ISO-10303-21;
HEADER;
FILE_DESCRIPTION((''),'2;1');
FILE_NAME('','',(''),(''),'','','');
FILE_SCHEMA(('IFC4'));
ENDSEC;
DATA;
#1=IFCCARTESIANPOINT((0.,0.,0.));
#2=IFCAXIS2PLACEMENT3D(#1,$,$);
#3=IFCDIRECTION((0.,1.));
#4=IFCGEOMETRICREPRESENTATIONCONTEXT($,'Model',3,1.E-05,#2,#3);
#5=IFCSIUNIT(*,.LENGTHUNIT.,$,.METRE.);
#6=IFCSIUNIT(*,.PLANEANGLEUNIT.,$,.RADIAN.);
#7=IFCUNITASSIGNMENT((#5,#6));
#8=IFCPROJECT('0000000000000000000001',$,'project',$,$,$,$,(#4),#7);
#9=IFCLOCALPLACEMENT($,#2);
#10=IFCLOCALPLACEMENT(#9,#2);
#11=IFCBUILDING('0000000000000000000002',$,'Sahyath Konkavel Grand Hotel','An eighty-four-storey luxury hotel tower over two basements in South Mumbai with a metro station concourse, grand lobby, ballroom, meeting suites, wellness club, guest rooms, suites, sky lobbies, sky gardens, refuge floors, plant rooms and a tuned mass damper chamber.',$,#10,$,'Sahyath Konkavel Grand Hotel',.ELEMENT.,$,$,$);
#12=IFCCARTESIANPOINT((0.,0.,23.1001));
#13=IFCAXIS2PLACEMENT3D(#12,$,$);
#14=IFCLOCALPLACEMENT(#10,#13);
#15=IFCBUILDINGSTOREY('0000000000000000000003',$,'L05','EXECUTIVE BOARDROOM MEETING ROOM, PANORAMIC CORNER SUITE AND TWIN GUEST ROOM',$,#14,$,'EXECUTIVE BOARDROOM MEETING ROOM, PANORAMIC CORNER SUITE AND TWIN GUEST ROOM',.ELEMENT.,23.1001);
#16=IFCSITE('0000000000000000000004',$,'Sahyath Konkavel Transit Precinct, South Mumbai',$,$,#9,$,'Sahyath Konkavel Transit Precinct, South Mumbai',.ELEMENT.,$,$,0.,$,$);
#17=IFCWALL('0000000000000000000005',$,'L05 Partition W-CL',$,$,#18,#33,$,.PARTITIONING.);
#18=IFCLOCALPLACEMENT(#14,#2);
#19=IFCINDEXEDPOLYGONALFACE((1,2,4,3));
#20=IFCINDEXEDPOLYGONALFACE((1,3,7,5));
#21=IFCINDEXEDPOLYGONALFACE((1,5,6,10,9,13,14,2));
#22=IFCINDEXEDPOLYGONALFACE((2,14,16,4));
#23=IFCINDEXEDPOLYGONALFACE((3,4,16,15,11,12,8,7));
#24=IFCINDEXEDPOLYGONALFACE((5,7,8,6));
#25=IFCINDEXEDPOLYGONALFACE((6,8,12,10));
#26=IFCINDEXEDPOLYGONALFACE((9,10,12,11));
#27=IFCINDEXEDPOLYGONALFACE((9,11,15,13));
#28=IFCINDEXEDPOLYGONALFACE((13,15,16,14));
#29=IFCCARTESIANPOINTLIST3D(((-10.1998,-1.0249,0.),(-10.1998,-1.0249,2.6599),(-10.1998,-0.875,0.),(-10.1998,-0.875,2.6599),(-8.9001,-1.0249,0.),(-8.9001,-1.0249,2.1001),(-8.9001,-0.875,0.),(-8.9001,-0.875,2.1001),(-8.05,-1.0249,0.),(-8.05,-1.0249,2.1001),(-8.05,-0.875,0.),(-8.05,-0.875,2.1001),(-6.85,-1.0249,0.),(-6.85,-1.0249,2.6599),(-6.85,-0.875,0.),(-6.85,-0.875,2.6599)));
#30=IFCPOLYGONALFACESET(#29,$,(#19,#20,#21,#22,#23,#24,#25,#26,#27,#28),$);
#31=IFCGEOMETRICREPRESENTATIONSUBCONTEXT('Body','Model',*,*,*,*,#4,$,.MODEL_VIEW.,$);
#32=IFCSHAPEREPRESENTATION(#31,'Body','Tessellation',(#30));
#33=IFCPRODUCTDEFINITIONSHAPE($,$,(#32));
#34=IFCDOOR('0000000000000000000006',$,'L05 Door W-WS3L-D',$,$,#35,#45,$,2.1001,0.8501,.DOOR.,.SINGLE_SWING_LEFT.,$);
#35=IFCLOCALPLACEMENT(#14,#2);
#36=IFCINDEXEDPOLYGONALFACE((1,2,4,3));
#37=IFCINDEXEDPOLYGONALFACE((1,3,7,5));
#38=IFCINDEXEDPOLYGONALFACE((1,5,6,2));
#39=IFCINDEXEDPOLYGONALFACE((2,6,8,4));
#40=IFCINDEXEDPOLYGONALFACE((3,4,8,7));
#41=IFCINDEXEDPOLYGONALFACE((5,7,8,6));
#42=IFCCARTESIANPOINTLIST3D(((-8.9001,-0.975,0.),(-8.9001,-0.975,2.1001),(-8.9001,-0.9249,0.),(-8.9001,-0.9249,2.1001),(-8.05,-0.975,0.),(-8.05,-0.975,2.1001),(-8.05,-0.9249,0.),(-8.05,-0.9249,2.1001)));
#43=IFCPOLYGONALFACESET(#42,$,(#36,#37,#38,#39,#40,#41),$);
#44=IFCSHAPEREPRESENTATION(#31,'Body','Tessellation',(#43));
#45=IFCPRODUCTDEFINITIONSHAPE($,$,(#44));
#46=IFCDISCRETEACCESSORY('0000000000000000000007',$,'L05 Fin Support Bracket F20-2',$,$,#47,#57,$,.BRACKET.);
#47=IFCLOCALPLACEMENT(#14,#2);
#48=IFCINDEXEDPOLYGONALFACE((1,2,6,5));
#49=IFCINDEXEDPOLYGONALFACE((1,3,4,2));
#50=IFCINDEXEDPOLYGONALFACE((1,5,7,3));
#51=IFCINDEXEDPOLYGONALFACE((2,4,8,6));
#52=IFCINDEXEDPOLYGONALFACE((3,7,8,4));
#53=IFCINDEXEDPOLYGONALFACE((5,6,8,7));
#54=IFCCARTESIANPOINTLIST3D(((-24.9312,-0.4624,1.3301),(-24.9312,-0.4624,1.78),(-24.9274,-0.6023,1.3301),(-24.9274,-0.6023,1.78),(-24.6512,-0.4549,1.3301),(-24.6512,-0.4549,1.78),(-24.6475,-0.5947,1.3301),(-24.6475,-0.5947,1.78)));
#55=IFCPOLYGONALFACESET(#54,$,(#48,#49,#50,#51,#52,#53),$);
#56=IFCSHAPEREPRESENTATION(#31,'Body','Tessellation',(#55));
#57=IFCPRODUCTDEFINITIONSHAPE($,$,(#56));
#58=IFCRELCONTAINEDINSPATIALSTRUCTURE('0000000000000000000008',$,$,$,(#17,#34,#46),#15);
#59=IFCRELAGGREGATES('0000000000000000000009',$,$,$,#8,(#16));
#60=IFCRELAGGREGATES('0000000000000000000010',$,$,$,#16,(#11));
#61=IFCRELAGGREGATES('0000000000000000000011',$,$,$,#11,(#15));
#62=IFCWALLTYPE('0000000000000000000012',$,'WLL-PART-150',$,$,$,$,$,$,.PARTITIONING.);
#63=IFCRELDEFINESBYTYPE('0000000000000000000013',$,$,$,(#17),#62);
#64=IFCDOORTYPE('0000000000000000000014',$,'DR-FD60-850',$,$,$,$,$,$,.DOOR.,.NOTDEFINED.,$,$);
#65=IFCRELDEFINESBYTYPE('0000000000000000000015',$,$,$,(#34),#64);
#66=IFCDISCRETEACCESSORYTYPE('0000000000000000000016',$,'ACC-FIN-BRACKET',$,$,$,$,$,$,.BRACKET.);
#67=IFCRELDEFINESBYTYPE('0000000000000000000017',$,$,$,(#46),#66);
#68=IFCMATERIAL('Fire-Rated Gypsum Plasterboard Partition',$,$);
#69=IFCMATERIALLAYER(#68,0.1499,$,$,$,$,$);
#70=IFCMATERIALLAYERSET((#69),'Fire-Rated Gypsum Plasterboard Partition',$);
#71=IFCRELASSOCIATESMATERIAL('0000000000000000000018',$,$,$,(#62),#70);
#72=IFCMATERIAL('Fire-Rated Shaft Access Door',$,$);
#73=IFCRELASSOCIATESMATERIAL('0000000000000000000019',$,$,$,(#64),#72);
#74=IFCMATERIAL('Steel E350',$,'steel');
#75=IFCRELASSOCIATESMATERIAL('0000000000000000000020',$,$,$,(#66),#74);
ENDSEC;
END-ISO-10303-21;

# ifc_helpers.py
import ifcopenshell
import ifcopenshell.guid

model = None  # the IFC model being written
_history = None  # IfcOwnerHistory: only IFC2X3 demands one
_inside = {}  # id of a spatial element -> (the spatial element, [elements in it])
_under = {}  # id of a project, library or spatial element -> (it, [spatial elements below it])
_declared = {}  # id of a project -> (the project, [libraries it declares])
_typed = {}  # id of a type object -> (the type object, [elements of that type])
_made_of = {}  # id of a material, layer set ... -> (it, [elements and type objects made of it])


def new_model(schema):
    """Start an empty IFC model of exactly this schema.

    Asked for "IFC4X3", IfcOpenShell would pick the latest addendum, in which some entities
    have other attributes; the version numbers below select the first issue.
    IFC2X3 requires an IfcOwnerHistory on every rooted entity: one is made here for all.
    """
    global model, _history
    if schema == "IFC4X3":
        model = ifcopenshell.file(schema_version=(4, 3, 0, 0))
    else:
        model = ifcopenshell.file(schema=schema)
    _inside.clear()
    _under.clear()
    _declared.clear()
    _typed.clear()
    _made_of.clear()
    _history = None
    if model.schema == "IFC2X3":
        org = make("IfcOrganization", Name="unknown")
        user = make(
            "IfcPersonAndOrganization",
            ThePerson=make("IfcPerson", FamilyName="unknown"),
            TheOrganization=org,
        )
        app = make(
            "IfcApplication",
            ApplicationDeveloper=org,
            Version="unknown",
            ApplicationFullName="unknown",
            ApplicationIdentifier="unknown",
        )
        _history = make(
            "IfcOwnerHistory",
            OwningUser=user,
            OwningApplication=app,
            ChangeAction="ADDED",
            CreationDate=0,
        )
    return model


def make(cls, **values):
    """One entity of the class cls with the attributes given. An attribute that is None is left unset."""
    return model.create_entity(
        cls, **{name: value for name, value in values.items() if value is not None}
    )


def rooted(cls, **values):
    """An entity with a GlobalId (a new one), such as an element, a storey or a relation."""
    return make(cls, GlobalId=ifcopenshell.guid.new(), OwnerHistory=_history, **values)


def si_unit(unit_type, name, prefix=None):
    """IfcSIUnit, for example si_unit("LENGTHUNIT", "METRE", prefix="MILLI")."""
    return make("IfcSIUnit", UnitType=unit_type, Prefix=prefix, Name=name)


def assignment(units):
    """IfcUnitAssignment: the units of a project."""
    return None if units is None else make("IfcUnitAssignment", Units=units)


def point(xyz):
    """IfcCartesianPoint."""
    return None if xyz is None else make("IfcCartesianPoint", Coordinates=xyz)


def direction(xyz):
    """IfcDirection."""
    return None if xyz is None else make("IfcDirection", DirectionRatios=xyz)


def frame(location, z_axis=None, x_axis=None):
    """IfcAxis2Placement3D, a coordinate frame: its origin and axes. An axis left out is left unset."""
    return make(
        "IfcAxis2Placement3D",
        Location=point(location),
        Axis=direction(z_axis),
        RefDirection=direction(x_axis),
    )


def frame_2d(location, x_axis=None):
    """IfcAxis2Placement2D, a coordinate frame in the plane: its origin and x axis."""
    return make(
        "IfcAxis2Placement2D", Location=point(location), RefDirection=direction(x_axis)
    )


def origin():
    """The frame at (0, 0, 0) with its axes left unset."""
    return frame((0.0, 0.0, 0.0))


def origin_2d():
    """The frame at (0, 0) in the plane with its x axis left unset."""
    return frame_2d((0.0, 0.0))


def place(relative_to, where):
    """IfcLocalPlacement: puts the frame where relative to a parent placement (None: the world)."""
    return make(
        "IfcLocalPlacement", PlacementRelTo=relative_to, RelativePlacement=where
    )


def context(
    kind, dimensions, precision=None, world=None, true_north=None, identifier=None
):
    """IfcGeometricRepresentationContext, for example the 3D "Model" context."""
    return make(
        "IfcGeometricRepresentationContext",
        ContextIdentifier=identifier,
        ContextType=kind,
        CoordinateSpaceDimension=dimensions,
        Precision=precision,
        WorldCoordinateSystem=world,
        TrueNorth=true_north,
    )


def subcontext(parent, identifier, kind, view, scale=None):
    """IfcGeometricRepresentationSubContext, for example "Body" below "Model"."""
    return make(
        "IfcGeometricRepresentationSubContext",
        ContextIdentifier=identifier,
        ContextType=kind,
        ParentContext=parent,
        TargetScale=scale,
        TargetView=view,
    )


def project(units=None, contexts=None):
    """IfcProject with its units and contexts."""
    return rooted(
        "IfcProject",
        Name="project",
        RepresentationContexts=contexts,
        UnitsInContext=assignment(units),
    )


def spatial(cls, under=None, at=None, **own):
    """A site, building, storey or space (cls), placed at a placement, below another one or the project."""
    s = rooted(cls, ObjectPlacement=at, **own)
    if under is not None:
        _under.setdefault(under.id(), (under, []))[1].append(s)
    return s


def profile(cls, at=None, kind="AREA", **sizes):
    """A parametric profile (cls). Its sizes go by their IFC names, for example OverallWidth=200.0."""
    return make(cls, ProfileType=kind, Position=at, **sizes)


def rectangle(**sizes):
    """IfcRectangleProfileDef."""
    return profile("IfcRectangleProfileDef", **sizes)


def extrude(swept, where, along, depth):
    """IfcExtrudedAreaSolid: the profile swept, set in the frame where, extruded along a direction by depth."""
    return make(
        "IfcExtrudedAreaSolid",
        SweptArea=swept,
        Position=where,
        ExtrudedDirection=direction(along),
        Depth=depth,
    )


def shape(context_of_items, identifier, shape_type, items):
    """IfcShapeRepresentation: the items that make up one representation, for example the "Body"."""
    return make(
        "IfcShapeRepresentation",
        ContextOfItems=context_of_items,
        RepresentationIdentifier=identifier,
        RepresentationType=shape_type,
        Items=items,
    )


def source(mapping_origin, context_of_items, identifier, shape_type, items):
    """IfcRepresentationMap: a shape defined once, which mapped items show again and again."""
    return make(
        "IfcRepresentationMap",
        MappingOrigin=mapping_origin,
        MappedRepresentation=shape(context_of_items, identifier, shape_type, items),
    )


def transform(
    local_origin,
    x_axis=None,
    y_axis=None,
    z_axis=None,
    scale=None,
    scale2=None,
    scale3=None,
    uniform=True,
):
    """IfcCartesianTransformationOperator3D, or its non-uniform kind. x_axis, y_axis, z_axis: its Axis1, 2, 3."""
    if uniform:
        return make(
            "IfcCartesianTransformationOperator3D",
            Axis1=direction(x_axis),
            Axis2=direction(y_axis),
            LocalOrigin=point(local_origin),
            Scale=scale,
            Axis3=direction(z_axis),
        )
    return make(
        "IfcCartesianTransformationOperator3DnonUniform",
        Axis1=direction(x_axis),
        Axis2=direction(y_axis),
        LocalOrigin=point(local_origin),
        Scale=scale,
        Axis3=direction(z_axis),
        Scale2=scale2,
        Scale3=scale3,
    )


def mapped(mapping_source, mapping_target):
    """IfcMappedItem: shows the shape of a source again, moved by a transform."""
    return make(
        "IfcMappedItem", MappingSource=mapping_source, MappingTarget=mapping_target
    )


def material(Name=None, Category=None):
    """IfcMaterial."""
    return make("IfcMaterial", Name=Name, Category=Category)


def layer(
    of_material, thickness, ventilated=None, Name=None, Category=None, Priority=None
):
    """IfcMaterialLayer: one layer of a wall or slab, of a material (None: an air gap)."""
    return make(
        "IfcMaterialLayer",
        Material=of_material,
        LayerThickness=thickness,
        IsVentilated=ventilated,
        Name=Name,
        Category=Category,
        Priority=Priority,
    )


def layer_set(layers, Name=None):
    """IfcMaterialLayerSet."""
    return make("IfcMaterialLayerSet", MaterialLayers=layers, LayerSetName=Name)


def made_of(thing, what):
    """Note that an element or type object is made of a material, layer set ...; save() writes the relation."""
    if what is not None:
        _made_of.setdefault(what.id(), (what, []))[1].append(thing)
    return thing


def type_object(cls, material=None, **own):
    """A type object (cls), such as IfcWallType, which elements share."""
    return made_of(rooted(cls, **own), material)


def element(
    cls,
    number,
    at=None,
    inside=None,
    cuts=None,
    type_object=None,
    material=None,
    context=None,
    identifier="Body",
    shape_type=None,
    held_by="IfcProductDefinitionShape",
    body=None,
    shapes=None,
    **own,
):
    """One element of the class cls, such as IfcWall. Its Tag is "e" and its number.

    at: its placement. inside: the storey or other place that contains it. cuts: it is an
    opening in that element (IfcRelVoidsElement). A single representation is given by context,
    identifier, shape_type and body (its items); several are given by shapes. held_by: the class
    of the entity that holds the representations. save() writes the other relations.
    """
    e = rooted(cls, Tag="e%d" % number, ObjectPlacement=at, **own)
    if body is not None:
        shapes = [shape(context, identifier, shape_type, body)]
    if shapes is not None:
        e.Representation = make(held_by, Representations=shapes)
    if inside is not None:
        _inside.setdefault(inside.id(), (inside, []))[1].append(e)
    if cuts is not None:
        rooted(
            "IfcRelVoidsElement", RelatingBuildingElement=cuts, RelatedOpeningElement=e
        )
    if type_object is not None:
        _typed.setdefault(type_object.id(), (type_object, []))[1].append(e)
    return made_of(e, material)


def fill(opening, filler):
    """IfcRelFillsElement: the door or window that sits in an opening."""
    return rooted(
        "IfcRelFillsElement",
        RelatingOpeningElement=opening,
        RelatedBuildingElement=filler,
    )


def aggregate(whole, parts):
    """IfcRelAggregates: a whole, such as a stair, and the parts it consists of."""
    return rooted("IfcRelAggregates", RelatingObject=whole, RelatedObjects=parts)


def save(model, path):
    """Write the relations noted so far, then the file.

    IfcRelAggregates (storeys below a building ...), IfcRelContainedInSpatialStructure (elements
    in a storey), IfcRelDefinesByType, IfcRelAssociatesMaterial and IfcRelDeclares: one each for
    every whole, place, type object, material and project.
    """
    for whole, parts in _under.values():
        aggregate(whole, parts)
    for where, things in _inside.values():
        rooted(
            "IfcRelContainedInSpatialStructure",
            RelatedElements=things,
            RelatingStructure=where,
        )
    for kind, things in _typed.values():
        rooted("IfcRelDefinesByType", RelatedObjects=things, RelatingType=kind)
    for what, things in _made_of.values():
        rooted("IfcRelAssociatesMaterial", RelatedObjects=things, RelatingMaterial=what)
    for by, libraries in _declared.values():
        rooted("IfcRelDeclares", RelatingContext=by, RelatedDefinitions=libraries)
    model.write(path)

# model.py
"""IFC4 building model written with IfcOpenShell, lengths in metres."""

from ifc_helpers import new_model, si_unit, direction, frame, frame_2d, origin, origin_2d, place, context, subcontext, project, spatial, rectangle, extrude, source, transform, mapped, material, layer, layer_set, type_object, element, fill, save


model = new_model("IFC4")

# Units and contexts
model_context = context("Model", 3, precision=1e-05, world=origin(), true_north=direction((0.0, 1.0)))
body_context = subcontext(model_context, "Body", "Model", "MODEL_VIEW")
ifc_project = project(units=[si_unit("LENGTHUNIT", "METRE"), si_unit("PLANEANGLEUNIT", "RADIAN")], contexts=[model_context])

# Site, building, storey
site_placement = place(None, origin())
site = spatial("IfcSite", under=ifc_project, at=site_placement, Name="Sahyath Konkavel Transit Precinct, South Mumbai", LongName="Sahyath Konkavel Transit Precinct, South Mumbai", CompositionType="ELEMENT", RefElevation=0.0)
building_placement = place(site_placement, origin())
building = spatial("IfcBuilding", under=site, at=building_placement, Name="Sahyath Konkavel Grand Hotel", Description="An eighty-four-storey luxury hotel tower over two basements in South Mumbai with a metro station concourse, grand lobby, ballroom, meeting suites, wellness club, guest rooms, suites, sky lobbies, sky gardens, refuge floors, plant rooms and a tuned mass damper chamber.", LongName="Sahyath Konkavel Grand Hotel", CompositionType="ELEMENT")
storey_placement = place(building_placement, frame((0.0, 0.0, 23.1001)))
storey = spatial("IfcBuildingStorey", under=building, at=storey_placement, Name="L05", Description="EXECUTIVE BOARDROOM MEETING ROOM, PANORAMIC CORNER SUITE AND TWIN GUEST ROOM", LongName="EXECUTIVE BOARDROOM MEETING ROOM, PANORAMIC CORNER SUITE AND TWIN GUEST ROOM", CompositionType="ELEMENT", Elevation=23.1001)

# Shared definitions
ifc_material_1 = material(Name="Steel E350", Category="steel")

# Wall, opening, door
ifc_material_2 = material(Name="Fire-Rated Gypsum Plasterboard Partition")
ifc_layer_1 = layer(ifc_material_2, 0.1499)
ifc_layer_set_1 = layer_set([ifc_layer_1], Name="Fire-Rated Gypsum Plasterboard Partition")
wall_type_1 = type_object("IfcWallType", Name="WLL-PART-150", PredefinedType="PARTITIONING", material=ifc_layer_set_1)
wall_1_placement = place(storey_placement, frame((-6.8501, -0.95, 0.0), z_axis=(0.0, 0.0, 1.0), x_axis=(-1.0, 0.0, 0.0)))
wall_1 = element("IfcWall", 1, at=wall_1_placement, inside=storey, type_object=wall_type_1, Name="L05 Partition W-CL", PredefinedType="PARTITIONING", context=body_context, shape_type="SweptSolid", body=[
    extrude(rectangle(XDim=3.3499, YDim=0.1499, at=frame_2d((1.6748, 0.0))), origin(), (0.0, 0.0, 1.0), 2.6599),
])
opening_placement = place(wall_1_placement, frame((1.2, 0.0, 0.0)))
opening = element("IfcOpeningElement", 2, at=opening_placement, cuts=wall_1, PredefinedType="OPENING", context=body_context, shape_type="SweptSolid", body=[
    extrude(rectangle(XDim=0.8501, YDim=2.1001, at=frame_2d((0.425, 1.05))), frame((0.0, 0.085, 0.0), z_axis=(0.0, -1.0, 0.0), x_axis=(1.0, 0.0, 0.0)), (0.0, 0.0, 1.0), 0.1699),
])
ifc_material_3 = material(Name="Fire-Rated Shaft Access Door")
door_type = type_object("IfcDoorType", Name="DR-FD60-850", OperationType="NOTDEFINED", PredefinedType="DOOR", material=ifc_material_3)
shared_shape_1 = source(origin(), body_context, "Body", "SweptSolid", [
    extrude(rectangle(XDim=0.8501, YDim=0.05, at=origin_2d()), origin(), (0.0, 0.0, 1.0), 2.1001),
])
door_placement = place(opening_placement, frame((0.425, 0.0, 0.0)))
door = element("IfcDoor", 3, at=door_placement, inside=storey, type_object=door_type, Name="L05 Door W-WS3L-D", OperationType="SINGLE_SWING_LEFT", OverallHeight=2.1001, OverallWidth=0.8501, PredefinedType="DOOR", context=body_context, shape_type="MappedRepresentation", body=[
    mapped(shared_shape_1, transform((0.0, 0.0, 0.0), scale=1.0)),
])
fill(opening, door)

# Discrete accessory
discrete_accessory_type = type_object("IfcDiscreteAccessoryType", Name="ACC-FIN-BRACKET", PredefinedType="BRACKET", material=ifc_material_1)
shared_shape_2 = source(origin(), body_context, "Body", "SweptSolid", [
    extrude(rectangle(XDim=0.28, YDim=0.1399, at=origin_2d()), origin(), (0.0, 0.0, 1.0), 0.45),
])
discrete_accessory_placement = place(storey_placement, frame((-24.7893, -0.5286, 1.3301), z_axis=(0.0, 0.0, 1.0), x_axis=(-0.999638, -0.02691, 0.0)))
element("IfcDiscreteAccessory", 4, at=discrete_accessory_placement, inside=storey, type_object=discrete_accessory_type, Name="L05 Fin Support Bracket F20-2", PredefinedType="BRACKET", context=body_context, shape_type="MappedRepresentation", body=[
    mapped(shared_shape_2, transform((0.0, 0.0, 0.0), scale=1.0)),
])

save(model, "model.ifc")
